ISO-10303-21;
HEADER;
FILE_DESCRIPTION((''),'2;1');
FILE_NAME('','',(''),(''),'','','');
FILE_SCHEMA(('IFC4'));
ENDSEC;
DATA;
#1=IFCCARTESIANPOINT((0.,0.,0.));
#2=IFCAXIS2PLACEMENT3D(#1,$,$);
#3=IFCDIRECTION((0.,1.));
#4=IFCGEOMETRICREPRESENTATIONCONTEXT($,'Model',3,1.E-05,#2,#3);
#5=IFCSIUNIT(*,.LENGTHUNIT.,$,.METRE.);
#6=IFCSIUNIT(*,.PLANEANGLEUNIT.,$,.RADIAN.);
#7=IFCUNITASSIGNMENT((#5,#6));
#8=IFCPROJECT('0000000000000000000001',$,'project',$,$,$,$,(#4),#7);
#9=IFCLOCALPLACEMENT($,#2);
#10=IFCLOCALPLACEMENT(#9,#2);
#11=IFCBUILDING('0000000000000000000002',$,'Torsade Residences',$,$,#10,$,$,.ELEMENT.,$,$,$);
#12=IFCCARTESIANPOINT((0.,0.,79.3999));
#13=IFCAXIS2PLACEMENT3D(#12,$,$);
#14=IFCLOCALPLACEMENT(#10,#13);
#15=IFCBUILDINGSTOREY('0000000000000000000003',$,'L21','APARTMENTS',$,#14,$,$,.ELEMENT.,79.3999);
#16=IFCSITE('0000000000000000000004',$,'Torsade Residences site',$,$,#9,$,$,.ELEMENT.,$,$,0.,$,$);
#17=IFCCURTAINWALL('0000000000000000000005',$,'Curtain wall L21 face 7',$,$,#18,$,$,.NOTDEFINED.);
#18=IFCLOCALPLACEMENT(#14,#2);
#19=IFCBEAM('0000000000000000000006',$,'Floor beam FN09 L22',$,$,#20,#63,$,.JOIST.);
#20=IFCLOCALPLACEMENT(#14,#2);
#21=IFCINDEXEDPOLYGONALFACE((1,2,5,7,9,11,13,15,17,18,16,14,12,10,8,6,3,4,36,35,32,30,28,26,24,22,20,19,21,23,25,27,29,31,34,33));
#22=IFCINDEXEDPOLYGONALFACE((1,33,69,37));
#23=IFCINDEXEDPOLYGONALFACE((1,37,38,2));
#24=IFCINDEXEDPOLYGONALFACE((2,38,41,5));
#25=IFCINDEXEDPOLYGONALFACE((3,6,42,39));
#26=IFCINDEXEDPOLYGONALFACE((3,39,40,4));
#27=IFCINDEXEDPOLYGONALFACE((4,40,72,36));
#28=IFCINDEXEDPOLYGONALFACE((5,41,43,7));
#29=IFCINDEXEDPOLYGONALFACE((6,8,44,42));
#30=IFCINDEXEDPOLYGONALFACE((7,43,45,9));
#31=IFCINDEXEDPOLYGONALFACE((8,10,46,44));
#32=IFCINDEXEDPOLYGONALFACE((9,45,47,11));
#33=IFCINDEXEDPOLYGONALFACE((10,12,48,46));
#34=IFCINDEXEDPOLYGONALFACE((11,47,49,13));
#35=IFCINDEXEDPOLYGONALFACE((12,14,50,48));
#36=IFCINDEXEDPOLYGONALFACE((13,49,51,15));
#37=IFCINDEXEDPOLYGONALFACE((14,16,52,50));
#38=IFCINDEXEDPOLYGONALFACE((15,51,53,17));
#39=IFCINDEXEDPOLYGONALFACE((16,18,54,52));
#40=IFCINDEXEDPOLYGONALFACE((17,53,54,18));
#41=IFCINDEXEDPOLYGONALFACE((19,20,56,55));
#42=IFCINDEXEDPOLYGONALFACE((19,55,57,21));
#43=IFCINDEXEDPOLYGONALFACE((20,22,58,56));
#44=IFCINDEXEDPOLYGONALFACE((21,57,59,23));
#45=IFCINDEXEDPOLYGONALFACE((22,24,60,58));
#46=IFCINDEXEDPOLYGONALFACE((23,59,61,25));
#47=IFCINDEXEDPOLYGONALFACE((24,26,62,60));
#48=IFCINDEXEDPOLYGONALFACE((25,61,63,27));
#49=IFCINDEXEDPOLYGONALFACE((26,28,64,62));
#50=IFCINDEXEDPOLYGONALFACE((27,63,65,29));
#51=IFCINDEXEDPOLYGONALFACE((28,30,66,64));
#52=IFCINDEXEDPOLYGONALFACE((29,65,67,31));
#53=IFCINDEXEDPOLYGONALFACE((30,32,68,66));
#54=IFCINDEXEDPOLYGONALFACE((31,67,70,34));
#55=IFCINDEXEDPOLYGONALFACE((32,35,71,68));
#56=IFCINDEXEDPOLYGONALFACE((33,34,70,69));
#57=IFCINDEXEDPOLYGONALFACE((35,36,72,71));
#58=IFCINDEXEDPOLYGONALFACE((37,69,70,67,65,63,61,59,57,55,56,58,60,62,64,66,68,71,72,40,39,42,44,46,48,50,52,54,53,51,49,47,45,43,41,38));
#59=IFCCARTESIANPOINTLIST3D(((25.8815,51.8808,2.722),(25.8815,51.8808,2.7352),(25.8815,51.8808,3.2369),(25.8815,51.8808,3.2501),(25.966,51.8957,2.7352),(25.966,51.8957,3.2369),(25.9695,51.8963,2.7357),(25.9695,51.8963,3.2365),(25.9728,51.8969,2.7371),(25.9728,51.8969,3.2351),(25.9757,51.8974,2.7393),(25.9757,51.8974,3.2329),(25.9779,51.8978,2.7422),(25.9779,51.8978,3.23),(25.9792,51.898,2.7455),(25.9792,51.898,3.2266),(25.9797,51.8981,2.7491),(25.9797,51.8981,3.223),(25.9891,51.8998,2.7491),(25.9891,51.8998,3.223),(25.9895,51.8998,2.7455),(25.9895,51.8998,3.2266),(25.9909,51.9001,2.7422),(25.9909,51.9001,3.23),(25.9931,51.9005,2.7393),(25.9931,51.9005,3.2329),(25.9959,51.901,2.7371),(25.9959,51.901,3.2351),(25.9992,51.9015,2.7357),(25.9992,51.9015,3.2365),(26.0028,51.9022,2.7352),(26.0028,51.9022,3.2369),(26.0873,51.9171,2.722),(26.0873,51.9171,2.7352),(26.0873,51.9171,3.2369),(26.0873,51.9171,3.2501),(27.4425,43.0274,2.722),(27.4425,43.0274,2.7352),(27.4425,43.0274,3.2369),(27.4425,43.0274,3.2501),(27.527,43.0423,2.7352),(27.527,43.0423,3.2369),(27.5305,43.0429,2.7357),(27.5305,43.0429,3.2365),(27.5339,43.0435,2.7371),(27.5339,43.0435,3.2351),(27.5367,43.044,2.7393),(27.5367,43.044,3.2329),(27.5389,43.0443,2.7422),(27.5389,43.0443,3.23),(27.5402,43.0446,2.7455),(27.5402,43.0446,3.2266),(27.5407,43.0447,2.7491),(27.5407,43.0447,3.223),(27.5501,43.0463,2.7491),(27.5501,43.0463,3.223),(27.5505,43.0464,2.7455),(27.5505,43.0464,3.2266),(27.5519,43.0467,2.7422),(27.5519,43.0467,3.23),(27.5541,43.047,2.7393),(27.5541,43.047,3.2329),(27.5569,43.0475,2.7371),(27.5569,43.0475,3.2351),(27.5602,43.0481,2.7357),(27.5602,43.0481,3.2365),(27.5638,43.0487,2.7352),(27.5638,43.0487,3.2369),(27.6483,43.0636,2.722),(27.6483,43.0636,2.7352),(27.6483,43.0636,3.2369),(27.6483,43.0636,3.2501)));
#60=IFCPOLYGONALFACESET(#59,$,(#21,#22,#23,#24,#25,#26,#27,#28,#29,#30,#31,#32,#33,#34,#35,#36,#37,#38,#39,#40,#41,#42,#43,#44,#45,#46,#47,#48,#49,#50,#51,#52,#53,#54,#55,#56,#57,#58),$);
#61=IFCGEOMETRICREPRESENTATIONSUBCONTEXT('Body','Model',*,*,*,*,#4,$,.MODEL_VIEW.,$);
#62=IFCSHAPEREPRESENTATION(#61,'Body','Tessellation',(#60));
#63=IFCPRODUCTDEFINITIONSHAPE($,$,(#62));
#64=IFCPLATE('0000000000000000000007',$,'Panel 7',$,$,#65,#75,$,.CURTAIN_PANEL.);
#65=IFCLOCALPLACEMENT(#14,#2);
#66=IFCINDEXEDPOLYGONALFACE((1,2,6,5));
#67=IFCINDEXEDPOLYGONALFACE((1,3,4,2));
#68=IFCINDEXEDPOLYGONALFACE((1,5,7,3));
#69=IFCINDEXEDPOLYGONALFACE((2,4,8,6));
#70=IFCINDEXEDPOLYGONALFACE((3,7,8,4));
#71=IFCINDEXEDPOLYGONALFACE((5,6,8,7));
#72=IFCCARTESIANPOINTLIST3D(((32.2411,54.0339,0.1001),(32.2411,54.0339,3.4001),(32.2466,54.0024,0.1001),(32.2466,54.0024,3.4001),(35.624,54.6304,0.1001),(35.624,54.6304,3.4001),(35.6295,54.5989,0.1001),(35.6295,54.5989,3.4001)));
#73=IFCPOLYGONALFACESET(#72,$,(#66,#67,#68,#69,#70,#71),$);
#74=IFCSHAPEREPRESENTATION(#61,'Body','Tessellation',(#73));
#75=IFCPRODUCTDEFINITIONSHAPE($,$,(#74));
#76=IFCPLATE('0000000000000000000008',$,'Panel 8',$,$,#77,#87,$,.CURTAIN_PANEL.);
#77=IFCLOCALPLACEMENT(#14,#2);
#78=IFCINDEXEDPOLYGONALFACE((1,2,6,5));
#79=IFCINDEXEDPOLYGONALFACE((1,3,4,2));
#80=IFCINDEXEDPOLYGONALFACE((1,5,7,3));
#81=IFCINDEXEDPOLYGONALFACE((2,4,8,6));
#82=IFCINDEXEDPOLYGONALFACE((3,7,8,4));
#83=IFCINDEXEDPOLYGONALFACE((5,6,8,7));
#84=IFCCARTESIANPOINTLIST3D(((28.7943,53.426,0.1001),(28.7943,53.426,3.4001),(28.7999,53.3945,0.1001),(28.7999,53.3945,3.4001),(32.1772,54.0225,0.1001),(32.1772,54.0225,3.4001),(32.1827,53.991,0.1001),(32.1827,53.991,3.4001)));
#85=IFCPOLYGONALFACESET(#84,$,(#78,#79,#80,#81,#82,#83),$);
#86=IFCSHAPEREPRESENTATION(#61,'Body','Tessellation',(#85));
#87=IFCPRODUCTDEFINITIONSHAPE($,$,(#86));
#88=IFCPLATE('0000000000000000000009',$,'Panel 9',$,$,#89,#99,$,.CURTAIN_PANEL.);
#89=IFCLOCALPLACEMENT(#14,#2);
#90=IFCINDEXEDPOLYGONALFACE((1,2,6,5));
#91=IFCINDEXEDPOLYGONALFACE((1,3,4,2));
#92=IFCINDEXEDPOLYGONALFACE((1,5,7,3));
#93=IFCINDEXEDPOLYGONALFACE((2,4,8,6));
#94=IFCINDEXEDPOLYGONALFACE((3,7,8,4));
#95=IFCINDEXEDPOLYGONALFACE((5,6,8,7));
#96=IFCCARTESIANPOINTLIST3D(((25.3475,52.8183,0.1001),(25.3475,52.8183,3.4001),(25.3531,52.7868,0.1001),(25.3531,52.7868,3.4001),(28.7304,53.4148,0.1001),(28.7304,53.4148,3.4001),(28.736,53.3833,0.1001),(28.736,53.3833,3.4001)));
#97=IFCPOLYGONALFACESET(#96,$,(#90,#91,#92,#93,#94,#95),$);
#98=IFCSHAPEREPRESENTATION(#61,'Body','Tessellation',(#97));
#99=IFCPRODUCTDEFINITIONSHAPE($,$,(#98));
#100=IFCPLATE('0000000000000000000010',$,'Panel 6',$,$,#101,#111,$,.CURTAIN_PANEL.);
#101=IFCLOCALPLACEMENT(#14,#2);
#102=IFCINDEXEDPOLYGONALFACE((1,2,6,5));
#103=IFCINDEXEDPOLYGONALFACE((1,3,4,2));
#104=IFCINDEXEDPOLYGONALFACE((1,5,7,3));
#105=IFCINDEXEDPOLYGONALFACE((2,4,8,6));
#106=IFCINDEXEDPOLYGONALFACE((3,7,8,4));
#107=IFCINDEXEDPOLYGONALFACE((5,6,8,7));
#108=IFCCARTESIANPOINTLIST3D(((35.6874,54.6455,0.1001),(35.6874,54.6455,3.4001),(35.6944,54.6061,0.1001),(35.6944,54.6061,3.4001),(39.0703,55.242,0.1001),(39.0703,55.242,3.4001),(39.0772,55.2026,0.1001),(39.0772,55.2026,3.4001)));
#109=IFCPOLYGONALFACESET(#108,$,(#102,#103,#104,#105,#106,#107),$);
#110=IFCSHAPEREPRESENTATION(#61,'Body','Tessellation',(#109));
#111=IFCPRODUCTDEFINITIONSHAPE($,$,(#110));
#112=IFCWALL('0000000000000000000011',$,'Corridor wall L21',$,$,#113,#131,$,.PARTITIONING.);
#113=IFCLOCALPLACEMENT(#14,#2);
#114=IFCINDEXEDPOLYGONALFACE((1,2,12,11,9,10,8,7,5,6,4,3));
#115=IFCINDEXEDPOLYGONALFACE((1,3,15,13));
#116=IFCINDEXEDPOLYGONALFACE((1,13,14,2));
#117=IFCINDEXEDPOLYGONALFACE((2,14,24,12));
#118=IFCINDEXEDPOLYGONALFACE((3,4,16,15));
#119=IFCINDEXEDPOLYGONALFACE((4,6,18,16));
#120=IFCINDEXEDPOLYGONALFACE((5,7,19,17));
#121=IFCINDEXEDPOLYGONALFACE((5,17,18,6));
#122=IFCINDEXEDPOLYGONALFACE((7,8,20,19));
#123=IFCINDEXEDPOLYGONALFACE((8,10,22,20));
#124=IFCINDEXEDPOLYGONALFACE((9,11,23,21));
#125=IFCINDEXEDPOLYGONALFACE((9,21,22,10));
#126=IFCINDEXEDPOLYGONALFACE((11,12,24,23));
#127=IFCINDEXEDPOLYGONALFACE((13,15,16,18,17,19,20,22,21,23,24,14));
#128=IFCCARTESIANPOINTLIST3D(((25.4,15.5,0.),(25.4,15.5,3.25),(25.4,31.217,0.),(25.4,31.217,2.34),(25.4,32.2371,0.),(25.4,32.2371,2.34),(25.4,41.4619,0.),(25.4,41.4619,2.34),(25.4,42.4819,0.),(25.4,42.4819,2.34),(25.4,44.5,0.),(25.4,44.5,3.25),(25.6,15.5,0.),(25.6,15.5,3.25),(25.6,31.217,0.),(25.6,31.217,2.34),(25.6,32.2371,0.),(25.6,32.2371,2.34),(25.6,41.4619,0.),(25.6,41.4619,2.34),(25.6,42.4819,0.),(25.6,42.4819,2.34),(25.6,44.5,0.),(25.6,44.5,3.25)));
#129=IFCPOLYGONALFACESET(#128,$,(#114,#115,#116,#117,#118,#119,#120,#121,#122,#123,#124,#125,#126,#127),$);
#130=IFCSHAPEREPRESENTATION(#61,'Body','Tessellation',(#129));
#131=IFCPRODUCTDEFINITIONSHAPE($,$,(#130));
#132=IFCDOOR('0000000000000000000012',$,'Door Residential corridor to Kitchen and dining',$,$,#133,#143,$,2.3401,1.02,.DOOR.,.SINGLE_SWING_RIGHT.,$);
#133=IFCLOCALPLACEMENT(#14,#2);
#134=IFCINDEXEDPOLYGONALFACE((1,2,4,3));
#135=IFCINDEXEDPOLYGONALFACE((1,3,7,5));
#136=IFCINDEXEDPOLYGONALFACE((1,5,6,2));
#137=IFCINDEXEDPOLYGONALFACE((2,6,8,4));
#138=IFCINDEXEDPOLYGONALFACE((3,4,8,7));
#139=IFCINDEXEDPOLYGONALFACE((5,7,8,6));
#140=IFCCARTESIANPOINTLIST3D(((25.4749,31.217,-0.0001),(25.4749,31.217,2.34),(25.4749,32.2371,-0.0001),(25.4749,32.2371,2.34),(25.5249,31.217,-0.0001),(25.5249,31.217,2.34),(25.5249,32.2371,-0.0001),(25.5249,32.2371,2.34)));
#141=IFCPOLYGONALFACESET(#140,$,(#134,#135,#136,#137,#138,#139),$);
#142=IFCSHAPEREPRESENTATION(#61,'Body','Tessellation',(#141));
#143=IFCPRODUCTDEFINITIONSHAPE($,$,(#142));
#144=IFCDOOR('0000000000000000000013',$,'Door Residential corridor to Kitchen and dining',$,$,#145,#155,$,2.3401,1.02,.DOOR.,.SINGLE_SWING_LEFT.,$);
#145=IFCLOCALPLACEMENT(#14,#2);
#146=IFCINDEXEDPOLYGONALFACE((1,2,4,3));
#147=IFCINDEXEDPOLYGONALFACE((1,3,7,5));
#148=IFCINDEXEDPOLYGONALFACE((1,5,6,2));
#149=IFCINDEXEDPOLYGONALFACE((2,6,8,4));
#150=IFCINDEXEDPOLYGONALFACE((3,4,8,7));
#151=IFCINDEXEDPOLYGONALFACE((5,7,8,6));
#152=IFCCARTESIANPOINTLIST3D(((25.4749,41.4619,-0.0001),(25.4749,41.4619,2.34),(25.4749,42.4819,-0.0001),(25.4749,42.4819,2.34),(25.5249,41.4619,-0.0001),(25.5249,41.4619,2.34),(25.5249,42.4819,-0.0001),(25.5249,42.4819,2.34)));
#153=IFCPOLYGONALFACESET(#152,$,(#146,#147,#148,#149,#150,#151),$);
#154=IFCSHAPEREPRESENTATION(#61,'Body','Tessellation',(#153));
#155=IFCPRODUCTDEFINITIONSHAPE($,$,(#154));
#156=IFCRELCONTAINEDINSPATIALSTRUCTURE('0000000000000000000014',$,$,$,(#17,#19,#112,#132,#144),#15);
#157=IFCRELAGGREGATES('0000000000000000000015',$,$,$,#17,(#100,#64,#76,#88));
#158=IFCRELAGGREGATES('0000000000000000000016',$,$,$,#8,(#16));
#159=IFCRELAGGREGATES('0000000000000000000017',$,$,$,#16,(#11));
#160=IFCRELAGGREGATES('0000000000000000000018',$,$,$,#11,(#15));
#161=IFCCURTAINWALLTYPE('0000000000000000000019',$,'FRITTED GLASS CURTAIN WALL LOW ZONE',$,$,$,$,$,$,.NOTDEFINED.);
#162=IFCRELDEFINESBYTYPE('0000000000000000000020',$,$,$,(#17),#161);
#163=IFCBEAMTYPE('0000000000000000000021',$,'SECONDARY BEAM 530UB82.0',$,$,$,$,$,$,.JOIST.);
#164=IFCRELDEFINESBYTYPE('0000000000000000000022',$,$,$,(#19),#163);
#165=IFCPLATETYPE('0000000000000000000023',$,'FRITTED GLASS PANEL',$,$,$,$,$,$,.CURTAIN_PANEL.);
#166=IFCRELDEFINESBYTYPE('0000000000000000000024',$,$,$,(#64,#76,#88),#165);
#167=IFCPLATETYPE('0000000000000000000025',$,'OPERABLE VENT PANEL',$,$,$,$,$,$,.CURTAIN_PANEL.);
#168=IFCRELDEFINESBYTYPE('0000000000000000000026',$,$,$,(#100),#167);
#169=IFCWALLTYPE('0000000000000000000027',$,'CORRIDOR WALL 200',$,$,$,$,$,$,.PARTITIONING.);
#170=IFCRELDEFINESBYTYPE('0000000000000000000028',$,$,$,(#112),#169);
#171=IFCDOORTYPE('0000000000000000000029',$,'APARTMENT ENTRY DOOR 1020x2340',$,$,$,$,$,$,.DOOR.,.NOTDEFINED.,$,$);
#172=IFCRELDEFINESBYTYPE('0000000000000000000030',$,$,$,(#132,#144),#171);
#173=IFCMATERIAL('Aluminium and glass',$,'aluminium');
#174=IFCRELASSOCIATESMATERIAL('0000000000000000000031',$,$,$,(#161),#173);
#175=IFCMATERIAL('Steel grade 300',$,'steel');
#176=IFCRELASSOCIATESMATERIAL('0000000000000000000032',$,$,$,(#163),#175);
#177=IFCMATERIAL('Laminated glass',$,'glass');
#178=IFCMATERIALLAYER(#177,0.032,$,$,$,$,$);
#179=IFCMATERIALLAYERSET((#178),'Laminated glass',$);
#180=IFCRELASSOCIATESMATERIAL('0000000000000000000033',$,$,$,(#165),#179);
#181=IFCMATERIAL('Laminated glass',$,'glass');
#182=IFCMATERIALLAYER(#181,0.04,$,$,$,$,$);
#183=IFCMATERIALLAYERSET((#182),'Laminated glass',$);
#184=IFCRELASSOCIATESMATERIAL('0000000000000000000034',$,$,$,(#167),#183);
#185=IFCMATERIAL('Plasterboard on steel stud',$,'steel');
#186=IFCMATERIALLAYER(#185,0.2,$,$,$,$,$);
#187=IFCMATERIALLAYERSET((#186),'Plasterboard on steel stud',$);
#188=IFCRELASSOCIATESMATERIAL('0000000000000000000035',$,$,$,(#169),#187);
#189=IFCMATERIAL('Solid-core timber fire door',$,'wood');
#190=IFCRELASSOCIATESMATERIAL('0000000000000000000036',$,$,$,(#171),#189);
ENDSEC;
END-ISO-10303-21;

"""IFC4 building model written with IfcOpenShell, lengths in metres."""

from ifc_helpers import new_model, si_unit, direction, frame, frame_2d, origin, origin_2d, place, context, subcontext, project, spatial, rectangle, i_section, extrude, material, layer, layer_set, material_profile, profile_set, type_object, element, fill, aggregate, save


model = new_model("IFC4")

# Units and contexts
model_context = context("Model", 3, precision=1e-05, world=origin(), true_north=direction((0.0, 1.0)))
body_context = subcontext(model_context, "Body", "Model", "MODEL_VIEW")
ifc_project = project(units=[si_unit("LENGTHUNIT", "METRE"), si_unit("PLANEANGLEUNIT", "RADIAN")], contexts=[model_context])

# Site, building, storey
site_placement = place(None, origin())
site = spatial("IfcSite", under=ifc_project, at=site_placement, Name="Torsade Residences site", CompositionType="ELEMENT", RefElevation=0.0)
building_placement = place(site_placement, origin())
building = spatial("IfcBuilding", under=site, at=building_placement, Name="Torsade Residences", CompositionType="ELEMENT")
storey_placement = place(building_placement, frame((0.0, 0.0, 79.3999)))
storey = spatial("IfcBuildingStorey", under=building, at=storey_placement, Name="L21", Description="APARTMENTS", CompositionType="ELEMENT", Elevation=79.3999)

# Curtain wall
ifc_material_1 = material(Name="Aluminium and glass", Category="aluminium")
curtain_wall_type = type_object("IfcCurtainWallType", Name="FRITTED GLASS CURTAIN WALL LOW ZONE", PredefinedType="NOTDEFINED", material=ifc_material_1)
curtain_wall_placement = place(storey_placement, origin())
curtain_wall = element("IfcCurtainWall", 1, at=curtain_wall_placement, inside=storey, type_object=curtain_wall_type, Name="Curtain wall L21 face 7", PredefinedType="NOTDEFINED")

# Beam
ifc_material_2 = material(Name="Steel grade 300", Category="steel")
ifc_material_profile_1 = material_profile(ifc_material_2, i_section(OverallWidth=0.209, OverallDepth=0.5281, WebThickness=0.0095, FlangeThickness=0.0132, FilletRadius=0.0139, at=origin_2d()), Name="530UB82.0")
ifc_profile_set_1 = profile_set([ifc_material_profile_1], Name="Steel grade 300")
beam_type_1 = type_object("IfcBeamType", Name="SECONDARY BEAM 530UB82.0", PredefinedType="JOIST", material=ifc_profile_set_1)
beam_1_placement = place(storey_placement, frame((25.9844, 51.8989, 2.9861), z_axis=(0.17364, -0.984809, 0.0), x_axis=(0.984809, 0.17364, 0.0)))
element("IfcBeam", 2, at=beam_1_placement, inside=storey, type_object=beam_type_1, Name="Floor beam FN09 L22", PredefinedType="JOIST", context=body_context, shape_type="SweptSolid", body=[
    extrude(i_section(OverallWidth=0.209, OverallDepth=0.5281, WebThickness=0.0095, FlangeThickness=0.0132, FilletRadius=0.0139, at=origin_2d()), origin(), (0.0, 0.0, 1.0), 8.99),
])

# Plates
ifc_material_3 = material(Name="Laminated glass", Category="glass")
ifc_layer_1 = layer(ifc_material_3, 0.032)
ifc_layer_set_1 = layer_set([ifc_layer_1], Name="Laminated glass")
plate_type_1 = type_object("IfcPlateType", Name="FRITTED GLASS PANEL", PredefinedType="CURTAIN_PANEL", material=ifc_layer_set_1)
plate_1_placement = place(storey_placement, frame((33.9353, 54.3164, 0.1001), z_axis=(0.0, 0.0, 1.0), x_axis=(-0.984808, -0.173648, 0.0)))
plate_1 = element("IfcPlate", 3, at=plate_1_placement, type_object=plate_type_1, Name="Panel 7", PredefinedType="CURTAIN_PANEL", context=body_context, shape_type="SweptSolid", body=[
    extrude(rectangle(XDim=3.4351, YDim=0.032, at=origin_2d()), origin(), (0.0, 0.0, 1.0), 3.3),
])
plate_2_placement = place(storey_placement, frame((30.4885, 53.7085, 0.1001), z_axis=(0.0, 0.0, 1.0), x_axis=(-0.984808, -0.173648, 0.0)))
plate_2 = element("IfcPlate", 4, at=plate_2_placement, type_object=plate_type_1, Name="Panel 8", PredefinedType="CURTAIN_PANEL", context=body_context, shape_type="SweptSolid", body=[
    extrude(rectangle(XDim=3.4351, YDim=0.032, at=origin_2d()), origin(), (0.0, 0.0, 1.0), 3.3),
])
plate_3_placement = place(storey_placement, frame((27.0417, 53.1008, 0.1001), z_axis=(0.0, 0.0, 1.0), x_axis=(-0.984808, -0.173648, 0.0)))
plate_3 = element("IfcPlate", 5, at=plate_3_placement, type_object=plate_type_1, Name="Panel 9", PredefinedType="CURTAIN_PANEL", context=body_context, shape_type="SweptSolid", body=[
    extrude(rectangle(XDim=3.4351, YDim=0.032, at=origin_2d()), origin(), (0.0, 0.0, 1.0), 3.3),
])
ifc_material_4 = material(Name="Laminated glass", Category="glass")
ifc_layer_2 = layer(ifc_material_4, 0.04)
ifc_layer_set_2 = layer_set([ifc_layer_2], Name="Laminated glass")
plate_type_2 = type_object("IfcPlateType", Name="OPERABLE VENT PANEL", PredefinedType="CURTAIN_PANEL", material=ifc_layer_set_2)
plate_4_placement = place(storey_placement, frame((37.3823, 54.9241, 0.1001), z_axis=(0.0, 0.0, 1.0), x_axis=(-0.984808, -0.173648, 0.0)))
plate_4 = element("IfcPlate", 6, at=plate_4_placement, type_object=plate_type_2, Name="Panel 6", PredefinedType="CURTAIN_PANEL", context=body_context, shape_type="SweptSolid", body=[
    extrude(rectangle(XDim=3.4351, YDim=0.04, at=origin_2d()), origin(), (0.0, 0.0, 1.0), 3.3),
])
aggregate(curtain_wall, [plate_4, plate_1, plate_2, plate_3])

# Wall, openings, doors
ifc_material_5 = material(Name="Plasterboard on steel stud", Category="steel")
ifc_layer_3 = layer(ifc_material_5, 0.2)
ifc_layer_set_3 = layer_set([ifc_layer_3], Name="Plasterboard on steel stud")
wall_type_1 = type_object("IfcWallType", Name="CORRIDOR WALL 200", PredefinedType="PARTITIONING", material=ifc_layer_set_3)
wall_1_placement = place(storey_placement, frame((25.5, 44.5, 0.0), z_axis=(0.0, 0.0, 1.0), x_axis=(0.0, -1.0, 0.0)))
wall_1 = element("IfcWall", 7, at=wall_1_placement, inside=storey, type_object=wall_type_1, Name="Corridor wall L21", PredefinedType="PARTITIONING", context=body_context, shape_type="SweptSolid", body=[
    extrude(rectangle(XDim=29.0, YDim=0.2, at=frame_2d((14.5, 0.0))), origin(), (0.0, 0.0, 1.0), 3.25),
])
opening_1_placement = place(wall_1_placement, frame((12.2629, 0.0, 0.0)))
opening_1 = element("IfcOpeningElement", 8, at=opening_1_placement, cuts=wall_1, PredefinedType="OPENING", context=body_context, shape_type="SweptSolid", body=[
    extrude(rectangle(XDim=1.02, YDim=2.3401, at=frame_2d((0.51, 1.1699))), frame((0.0, 0.1099, 0.0), z_axis=(0.0, -1.0, 0.0), x_axis=(1.0, 0.0, 0.0)), (0.0, 0.0, 1.0), 0.22),
])
opening_2_placement = place(wall_1_placement, frame((2.0181, 0.0, 0.0)))
opening_2 = element("IfcOpeningElement", 9, at=opening_2_placement, cuts=wall_1, PredefinedType="OPENING", context=body_context, shape_type="SweptSolid", body=[
    extrude(rectangle(XDim=1.02, YDim=2.3401, at=frame_2d((0.51, 1.1699))), frame((0.0, 0.1099, 0.0), z_axis=(0.0, -1.0, 0.0), x_axis=(1.0, 0.0, 0.0)), (0.0, 0.0, 1.0), 0.22),
])
ifc_material_6 = material(Name="Solid-core timber fire door", Category="wood")
door_type_1 = type_object("IfcDoorType", Name="APARTMENT ENTRY DOOR 1020x2340", OperationType="NOTDEFINED", PredefinedType="DOOR", material=ifc_material_6)
door_1_placement = place(opening_1_placement, origin())
door_1 = element("IfcDoor", 10, at=door_1_placement, inside=storey, type_object=door_type_1, Name="Door Residential corridor to Kitchen and dining", OperationType="SINGLE_SWING_RIGHT", OverallHeight=2.3401, OverallWidth=1.02, PredefinedType="DOOR", context=body_context, shape_type="SweptSolid", body=[
    extrude(rectangle(XDim=1.02, YDim=2.3401, at=frame_2d((0.51, 1.1699))), frame((0.0, 0.0249, 0.0), z_axis=(0.0, -1.0, 0.0), x_axis=(1.0, 0.0, 0.0)), (0.0, 0.0, 1.0), 0.05),
])
fill(opening_1, door_1)
door_2_placement = place(opening_2_placement, origin())
door_2 = element("IfcDoor", 11, at=door_2_placement, inside=storey, type_object=door_type_1, Name="Door Residential corridor to Kitchen and dining", OperationType="SINGLE_SWING_LEFT", OverallHeight=2.3401, OverallWidth=1.02, PredefinedType="DOOR", context=body_context, shape_type="SweptSolid", body=[
    extrude(rectangle(XDim=1.02, YDim=2.3401, at=frame_2d((0.51, 1.1699))), frame((0.0, 0.0249, 0.0), z_axis=(0.0, -1.0, 0.0), x_axis=(1.0, 0.0, 0.0)), (0.0, 0.0, 1.0), 0.05),
])
fill(opening_2, door_2)

save(model, "model.ifc")
